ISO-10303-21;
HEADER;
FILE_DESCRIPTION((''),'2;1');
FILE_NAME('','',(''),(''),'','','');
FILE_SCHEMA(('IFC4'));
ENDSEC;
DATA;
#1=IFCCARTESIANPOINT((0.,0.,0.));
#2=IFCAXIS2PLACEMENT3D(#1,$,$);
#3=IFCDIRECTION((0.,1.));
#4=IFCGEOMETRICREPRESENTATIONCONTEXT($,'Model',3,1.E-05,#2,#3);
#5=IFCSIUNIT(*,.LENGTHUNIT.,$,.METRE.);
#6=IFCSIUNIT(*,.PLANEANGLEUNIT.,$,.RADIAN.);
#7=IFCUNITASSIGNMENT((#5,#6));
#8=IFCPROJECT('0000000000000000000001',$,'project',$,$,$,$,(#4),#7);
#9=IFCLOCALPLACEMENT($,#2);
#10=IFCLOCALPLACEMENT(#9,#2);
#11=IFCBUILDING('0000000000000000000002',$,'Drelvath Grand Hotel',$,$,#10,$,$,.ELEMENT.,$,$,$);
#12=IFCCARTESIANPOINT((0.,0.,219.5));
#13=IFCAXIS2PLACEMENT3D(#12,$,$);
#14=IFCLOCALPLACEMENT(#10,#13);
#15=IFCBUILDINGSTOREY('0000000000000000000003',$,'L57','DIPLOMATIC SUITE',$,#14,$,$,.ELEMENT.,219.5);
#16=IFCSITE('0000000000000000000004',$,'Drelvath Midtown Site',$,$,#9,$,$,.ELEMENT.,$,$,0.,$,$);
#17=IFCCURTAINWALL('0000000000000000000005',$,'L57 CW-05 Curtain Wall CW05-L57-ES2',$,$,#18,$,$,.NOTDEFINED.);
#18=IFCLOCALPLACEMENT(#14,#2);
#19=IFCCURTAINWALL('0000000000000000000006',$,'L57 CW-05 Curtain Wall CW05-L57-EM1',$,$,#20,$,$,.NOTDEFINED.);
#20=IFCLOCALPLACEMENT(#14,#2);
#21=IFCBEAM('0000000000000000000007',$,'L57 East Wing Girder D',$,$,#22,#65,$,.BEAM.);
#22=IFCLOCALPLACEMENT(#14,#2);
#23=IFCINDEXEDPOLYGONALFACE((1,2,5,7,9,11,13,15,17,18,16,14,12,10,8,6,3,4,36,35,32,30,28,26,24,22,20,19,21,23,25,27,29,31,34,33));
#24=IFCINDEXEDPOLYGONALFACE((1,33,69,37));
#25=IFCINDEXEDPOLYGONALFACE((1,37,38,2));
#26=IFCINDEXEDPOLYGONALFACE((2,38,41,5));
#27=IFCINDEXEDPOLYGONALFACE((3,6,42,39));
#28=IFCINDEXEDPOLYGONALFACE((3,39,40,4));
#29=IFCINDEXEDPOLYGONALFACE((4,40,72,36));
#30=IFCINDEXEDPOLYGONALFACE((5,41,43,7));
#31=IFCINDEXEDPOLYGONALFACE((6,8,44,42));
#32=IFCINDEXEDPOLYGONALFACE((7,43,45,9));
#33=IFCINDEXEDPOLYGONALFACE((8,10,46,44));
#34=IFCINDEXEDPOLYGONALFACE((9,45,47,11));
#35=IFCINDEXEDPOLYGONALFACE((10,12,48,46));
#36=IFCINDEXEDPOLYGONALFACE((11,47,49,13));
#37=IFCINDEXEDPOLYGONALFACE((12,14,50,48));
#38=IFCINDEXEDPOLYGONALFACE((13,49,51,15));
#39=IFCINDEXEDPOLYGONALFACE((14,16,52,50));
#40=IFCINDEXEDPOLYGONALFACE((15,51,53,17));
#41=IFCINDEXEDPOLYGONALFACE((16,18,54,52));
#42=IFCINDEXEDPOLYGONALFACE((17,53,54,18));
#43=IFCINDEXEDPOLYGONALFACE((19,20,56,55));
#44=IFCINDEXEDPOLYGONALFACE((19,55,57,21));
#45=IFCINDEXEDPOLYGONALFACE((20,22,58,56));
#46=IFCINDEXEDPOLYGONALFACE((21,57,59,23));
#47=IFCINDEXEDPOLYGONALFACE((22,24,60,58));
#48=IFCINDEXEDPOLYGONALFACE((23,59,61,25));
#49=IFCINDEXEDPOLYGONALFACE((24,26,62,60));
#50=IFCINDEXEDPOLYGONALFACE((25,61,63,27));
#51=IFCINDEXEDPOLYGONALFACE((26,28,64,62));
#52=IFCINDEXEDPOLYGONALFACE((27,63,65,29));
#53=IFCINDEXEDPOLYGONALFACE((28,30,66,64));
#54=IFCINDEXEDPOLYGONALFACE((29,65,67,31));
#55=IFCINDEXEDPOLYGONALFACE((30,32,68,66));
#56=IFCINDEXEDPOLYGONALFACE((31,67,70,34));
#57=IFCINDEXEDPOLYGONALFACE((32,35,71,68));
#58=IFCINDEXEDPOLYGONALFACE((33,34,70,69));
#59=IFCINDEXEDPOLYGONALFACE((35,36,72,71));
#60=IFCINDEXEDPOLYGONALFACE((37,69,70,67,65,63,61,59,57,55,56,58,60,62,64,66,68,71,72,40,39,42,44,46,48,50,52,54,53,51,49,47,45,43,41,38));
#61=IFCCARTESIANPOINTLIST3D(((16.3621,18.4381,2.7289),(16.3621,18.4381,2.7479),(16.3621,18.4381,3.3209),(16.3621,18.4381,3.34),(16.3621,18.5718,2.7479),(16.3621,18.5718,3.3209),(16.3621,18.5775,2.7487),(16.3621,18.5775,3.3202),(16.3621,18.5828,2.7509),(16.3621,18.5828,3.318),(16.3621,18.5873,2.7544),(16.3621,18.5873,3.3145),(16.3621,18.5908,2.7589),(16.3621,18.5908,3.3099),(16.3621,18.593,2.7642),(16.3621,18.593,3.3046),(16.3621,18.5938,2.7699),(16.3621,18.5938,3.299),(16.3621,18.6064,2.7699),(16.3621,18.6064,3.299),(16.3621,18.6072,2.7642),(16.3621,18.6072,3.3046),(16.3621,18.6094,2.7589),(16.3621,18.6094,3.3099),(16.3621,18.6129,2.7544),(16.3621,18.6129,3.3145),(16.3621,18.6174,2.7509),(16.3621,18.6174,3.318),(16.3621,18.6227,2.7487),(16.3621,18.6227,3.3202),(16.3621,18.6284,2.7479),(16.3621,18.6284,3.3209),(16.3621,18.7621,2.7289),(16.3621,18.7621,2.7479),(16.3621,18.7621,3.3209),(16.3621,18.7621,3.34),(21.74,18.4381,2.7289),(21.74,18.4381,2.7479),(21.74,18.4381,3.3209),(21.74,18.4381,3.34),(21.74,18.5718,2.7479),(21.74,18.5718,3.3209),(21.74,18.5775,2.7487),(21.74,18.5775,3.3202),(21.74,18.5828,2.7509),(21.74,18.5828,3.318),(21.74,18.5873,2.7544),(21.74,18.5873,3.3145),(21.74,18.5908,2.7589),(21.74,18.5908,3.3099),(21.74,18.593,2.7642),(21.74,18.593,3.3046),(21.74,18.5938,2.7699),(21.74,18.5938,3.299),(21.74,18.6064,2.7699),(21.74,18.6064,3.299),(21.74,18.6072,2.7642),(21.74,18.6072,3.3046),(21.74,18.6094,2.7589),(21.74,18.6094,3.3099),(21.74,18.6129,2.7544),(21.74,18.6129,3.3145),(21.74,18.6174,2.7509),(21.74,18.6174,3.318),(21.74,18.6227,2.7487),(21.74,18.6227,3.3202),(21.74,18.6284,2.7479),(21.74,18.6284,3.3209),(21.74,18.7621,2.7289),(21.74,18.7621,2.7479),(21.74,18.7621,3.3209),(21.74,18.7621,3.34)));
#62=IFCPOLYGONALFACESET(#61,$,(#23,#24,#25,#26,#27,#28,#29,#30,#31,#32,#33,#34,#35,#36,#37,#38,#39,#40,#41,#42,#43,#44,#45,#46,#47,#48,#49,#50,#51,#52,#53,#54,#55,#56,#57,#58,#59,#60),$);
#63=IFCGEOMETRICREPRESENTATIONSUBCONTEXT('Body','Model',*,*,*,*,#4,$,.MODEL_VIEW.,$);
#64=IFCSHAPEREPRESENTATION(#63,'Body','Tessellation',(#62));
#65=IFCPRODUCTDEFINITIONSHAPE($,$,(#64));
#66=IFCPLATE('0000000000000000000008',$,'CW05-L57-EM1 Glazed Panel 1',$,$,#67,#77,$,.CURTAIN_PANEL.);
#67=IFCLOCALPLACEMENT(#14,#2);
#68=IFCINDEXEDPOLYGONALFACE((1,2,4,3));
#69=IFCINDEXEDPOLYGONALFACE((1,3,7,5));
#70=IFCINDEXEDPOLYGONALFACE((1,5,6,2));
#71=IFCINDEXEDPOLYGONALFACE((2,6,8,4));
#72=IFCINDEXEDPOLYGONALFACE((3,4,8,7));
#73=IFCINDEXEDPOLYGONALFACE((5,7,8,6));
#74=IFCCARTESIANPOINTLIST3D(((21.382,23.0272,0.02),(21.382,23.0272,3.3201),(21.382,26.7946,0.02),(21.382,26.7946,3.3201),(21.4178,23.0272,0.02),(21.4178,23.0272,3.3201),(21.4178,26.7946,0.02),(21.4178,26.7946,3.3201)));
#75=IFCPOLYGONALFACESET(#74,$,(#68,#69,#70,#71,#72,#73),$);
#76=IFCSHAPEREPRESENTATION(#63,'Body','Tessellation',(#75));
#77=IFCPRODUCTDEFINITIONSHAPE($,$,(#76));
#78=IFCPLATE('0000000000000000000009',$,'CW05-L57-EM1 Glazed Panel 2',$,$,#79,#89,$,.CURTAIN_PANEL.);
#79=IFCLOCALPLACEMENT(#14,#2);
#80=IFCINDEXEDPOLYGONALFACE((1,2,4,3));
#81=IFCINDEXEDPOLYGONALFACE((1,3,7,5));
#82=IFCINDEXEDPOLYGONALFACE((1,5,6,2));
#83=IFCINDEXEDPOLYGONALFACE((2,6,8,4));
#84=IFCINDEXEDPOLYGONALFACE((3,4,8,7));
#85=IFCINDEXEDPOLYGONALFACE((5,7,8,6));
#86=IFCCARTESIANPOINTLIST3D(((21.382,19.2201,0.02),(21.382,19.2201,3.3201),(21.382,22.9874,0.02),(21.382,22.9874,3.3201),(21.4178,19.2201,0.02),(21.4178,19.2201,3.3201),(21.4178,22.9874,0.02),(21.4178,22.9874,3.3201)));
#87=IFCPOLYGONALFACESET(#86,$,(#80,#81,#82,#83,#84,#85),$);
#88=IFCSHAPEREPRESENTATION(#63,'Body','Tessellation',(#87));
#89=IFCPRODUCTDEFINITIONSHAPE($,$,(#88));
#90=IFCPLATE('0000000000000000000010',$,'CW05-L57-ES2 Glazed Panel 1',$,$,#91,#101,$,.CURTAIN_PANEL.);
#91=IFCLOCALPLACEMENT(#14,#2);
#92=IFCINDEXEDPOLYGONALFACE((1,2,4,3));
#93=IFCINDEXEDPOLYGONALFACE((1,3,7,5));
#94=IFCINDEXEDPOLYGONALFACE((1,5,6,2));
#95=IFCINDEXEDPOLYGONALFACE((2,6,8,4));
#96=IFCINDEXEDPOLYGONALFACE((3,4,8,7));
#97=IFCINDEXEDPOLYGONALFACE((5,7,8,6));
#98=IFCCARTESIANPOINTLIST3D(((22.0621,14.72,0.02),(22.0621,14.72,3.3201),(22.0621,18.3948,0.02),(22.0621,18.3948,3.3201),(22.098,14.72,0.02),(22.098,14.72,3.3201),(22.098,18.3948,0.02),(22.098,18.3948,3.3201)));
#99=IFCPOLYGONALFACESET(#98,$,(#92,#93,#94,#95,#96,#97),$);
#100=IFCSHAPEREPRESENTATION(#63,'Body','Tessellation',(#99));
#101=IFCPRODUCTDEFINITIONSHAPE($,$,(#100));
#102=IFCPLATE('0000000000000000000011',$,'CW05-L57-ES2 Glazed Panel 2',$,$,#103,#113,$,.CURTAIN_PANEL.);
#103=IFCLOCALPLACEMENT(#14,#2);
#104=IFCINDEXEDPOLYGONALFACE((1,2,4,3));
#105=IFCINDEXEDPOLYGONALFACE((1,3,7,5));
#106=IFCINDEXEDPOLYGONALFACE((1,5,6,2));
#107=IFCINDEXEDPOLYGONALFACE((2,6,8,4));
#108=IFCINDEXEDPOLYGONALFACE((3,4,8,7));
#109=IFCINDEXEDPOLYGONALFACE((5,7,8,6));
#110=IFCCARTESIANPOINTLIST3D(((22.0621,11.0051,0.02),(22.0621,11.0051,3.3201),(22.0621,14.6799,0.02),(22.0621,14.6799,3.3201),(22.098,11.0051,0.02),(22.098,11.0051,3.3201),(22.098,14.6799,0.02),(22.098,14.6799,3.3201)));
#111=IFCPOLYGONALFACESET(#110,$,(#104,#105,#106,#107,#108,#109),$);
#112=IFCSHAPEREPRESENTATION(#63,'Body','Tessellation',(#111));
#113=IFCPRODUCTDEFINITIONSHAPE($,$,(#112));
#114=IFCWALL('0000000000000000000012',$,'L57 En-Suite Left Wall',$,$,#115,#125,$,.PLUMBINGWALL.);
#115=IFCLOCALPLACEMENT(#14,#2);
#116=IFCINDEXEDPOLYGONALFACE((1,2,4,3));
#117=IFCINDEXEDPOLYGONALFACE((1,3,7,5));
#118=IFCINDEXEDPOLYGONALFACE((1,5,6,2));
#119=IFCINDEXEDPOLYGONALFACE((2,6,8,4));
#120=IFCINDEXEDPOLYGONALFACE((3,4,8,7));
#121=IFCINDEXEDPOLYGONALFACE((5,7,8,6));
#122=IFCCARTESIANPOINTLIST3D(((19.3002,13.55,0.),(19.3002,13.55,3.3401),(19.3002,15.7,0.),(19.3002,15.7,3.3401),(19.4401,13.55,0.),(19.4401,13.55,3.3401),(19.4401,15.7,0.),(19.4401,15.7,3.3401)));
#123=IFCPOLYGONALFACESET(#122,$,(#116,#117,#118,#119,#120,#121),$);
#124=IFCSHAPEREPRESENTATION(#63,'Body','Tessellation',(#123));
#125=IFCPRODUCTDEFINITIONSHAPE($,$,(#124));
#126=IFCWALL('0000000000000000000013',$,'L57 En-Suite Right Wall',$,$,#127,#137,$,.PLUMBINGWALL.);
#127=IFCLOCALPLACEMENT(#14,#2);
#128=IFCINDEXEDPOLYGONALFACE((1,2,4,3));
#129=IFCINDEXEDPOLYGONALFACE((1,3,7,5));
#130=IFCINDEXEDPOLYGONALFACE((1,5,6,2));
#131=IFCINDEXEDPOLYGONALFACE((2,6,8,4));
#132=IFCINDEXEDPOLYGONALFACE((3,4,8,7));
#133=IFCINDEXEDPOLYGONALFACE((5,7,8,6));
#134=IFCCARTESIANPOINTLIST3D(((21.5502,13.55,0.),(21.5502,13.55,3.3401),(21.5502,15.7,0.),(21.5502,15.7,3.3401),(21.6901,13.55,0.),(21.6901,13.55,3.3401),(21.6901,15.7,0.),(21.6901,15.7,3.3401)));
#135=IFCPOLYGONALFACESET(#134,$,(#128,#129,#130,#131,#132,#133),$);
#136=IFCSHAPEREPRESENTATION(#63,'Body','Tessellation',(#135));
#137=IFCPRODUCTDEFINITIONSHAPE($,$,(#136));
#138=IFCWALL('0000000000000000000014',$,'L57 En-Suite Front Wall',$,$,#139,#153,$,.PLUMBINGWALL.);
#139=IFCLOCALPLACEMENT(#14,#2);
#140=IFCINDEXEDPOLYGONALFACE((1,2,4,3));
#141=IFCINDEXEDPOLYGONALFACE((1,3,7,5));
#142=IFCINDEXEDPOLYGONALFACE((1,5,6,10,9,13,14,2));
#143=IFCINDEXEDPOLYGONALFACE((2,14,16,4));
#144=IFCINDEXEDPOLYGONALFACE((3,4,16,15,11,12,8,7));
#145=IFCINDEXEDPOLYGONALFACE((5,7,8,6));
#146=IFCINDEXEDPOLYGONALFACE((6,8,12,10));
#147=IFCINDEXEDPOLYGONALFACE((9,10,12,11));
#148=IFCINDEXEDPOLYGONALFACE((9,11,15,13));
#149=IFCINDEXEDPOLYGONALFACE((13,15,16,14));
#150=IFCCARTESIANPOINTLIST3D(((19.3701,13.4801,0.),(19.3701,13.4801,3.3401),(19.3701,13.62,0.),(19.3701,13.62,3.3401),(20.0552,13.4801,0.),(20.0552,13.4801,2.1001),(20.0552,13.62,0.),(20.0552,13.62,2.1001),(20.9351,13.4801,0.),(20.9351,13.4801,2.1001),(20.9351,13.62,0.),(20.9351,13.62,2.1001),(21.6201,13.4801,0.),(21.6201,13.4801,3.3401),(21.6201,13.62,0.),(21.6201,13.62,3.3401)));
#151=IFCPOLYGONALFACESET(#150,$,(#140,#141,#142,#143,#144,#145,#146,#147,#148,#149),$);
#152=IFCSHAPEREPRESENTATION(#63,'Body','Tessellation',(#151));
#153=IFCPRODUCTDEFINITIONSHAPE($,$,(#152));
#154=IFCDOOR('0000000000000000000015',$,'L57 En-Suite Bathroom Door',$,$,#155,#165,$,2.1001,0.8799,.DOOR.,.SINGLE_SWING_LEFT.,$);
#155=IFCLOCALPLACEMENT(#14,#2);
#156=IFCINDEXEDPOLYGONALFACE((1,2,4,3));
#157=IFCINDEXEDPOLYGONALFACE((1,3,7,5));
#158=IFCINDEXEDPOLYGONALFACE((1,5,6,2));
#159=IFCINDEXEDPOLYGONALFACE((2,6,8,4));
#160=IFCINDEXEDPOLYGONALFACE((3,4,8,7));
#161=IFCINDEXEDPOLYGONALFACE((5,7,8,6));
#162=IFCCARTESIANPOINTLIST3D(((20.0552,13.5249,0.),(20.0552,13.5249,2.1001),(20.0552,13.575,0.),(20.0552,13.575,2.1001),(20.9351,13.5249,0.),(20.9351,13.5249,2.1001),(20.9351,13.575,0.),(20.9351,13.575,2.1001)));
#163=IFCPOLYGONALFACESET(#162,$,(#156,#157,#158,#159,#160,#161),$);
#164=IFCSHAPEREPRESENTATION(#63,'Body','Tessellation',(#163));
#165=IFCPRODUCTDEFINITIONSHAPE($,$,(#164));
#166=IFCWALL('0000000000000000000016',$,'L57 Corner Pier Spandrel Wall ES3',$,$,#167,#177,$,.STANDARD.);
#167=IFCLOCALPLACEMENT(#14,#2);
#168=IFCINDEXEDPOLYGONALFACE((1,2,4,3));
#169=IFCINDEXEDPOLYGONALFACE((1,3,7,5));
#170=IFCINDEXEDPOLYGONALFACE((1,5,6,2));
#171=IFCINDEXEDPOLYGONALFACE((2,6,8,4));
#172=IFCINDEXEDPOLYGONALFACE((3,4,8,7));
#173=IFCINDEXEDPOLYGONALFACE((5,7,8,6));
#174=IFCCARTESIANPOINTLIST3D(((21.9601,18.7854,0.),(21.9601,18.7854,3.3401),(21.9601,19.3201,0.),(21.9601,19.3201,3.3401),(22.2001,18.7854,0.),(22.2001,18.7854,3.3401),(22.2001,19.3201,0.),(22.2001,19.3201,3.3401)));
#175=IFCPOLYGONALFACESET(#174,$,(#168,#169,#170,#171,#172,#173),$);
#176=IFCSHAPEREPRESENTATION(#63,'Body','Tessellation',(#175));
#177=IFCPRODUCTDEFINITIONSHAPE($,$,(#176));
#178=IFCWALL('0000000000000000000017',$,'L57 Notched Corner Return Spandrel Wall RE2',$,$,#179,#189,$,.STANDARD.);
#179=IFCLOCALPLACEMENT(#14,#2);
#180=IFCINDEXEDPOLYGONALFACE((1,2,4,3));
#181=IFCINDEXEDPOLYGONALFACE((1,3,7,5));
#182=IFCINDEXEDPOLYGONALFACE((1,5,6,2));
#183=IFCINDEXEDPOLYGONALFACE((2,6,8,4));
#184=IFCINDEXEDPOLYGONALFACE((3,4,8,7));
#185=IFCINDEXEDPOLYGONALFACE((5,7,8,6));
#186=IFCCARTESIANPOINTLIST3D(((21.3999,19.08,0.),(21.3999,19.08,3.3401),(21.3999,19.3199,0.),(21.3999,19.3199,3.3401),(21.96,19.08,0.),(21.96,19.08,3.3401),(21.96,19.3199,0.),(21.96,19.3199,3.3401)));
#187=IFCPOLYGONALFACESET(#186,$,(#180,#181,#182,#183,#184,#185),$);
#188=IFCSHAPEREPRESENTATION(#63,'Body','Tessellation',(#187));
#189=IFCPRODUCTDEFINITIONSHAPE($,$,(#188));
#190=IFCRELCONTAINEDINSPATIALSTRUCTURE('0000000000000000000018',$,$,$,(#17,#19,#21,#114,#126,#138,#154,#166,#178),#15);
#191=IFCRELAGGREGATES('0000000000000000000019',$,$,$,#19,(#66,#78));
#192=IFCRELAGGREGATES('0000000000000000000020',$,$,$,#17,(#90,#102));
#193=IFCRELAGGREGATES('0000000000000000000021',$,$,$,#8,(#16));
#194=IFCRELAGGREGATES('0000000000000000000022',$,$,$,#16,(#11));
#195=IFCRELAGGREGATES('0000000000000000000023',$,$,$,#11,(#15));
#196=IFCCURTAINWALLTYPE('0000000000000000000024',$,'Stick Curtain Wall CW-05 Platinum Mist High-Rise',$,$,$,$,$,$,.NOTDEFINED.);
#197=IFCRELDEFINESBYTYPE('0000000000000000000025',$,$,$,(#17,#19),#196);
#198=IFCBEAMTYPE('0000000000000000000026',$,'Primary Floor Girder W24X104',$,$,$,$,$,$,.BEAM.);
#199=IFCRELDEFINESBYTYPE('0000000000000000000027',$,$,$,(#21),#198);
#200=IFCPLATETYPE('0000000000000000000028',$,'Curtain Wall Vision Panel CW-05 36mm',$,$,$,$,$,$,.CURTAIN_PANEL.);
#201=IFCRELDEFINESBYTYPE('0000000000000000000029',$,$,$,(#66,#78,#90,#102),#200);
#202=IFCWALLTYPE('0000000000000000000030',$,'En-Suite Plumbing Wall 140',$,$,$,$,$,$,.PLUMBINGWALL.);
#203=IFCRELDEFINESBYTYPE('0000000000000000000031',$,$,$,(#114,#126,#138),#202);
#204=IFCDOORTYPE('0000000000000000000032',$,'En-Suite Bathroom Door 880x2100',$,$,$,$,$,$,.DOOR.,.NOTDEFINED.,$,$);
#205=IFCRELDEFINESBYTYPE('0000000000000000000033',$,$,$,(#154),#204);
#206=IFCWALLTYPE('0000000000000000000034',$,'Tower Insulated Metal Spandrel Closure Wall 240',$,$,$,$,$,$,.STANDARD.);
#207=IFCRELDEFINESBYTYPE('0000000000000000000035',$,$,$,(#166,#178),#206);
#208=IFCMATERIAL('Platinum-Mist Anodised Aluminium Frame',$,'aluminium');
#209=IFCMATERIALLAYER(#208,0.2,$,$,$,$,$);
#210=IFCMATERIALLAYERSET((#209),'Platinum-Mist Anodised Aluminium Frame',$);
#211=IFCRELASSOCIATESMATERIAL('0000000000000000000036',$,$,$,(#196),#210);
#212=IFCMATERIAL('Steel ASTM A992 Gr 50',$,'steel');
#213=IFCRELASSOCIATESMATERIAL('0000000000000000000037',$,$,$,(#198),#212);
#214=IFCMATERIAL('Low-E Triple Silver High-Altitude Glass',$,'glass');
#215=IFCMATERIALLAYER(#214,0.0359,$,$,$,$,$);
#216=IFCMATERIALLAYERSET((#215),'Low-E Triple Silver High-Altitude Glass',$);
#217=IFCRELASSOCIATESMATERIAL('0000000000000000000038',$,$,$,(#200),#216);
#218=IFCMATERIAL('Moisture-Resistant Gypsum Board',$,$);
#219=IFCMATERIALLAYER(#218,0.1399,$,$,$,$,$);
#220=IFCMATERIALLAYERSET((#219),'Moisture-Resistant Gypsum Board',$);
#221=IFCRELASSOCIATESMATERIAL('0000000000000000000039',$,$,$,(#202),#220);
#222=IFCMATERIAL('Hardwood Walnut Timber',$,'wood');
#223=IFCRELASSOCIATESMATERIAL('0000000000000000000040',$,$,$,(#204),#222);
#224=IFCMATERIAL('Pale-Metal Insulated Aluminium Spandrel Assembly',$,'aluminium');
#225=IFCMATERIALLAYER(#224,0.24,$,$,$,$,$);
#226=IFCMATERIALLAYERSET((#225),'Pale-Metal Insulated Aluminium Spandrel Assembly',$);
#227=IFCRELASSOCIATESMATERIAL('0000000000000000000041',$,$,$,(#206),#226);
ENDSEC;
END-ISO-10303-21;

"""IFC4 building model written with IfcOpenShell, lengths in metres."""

from ifc_helpers import new_model, si_unit, direction, frame, frame_2d, origin, origin_2d, place, context, subcontext, project, spatial, rectangle, i_section, extrude, material, layer, layer_set, material_profile, profile_set, type_object, element, fill, aggregate, save


model = new_model("IFC4")

# Units and contexts
model_context = context("Model", 3, precision=1e-05, world=origin(), true_north=direction((0.0, 1.0)))
body_context = subcontext(model_context, "Body", "Model", "MODEL_VIEW")
ifc_project = project(units=[si_unit("LENGTHUNIT", "METRE"), si_unit("PLANEANGLEUNIT", "RADIAN")], contexts=[model_context])

# Site, building, storey
site_placement = place(None, origin())
site = spatial("IfcSite", under=ifc_project, at=site_placement, Name="Drelvath Midtown Site", CompositionType="ELEMENT", RefElevation=0.0)
building_placement = place(site_placement, origin())
building = spatial("IfcBuilding", under=site, at=building_placement, Name="Drelvath Grand Hotel", CompositionType="ELEMENT")
storey_placement = place(building_placement, frame((0.0, 0.0, 219.5)))
storey = spatial("IfcBuildingStorey", under=building, at=storey_placement, Name="L57", Description="DIPLOMATIC SUITE", CompositionType="ELEMENT", Elevation=219.5)

# Curtain wall
ifc_material_1 = material(Name="Platinum-Mist Anodised Aluminium Frame", Category="aluminium")
ifc_layer_1 = layer(ifc_material_1, 0.2)
ifc_layer_set_1 = layer_set([ifc_layer_1], Name="Platinum-Mist Anodised Aluminium Frame")
curtain_wall_type = type_object("IfcCurtainWallType", Name="Stick Curtain Wall CW-05 Platinum Mist High-Rise", PredefinedType="NOTDEFINED", material=ifc_layer_set_1)
curtain_wall_1_placement = place(storey_placement, origin())
curtain_wall_1 = element("IfcCurtainWall", 1, at=curtain_wall_1_placement, inside=storey, type_object=curtain_wall_type, Name="L57 CW-05 Curtain Wall CW05-L57-ES2", PredefinedType="NOTDEFINED")

# Curtain wall
curtain_wall_2_placement = place(storey_placement, origin())
curtain_wall_2 = element("IfcCurtainWall", 2, at=curtain_wall_2_placement, inside=storey, type_object=curtain_wall_type, Name="L57 CW-05 Curtain Wall CW05-L57-EM1", PredefinedType="NOTDEFINED")

# Beam
ifc_material_2 = material(Name="Steel ASTM A992 Gr 50", Category="steel")
ifc_material_profile_1 = material_profile(ifc_material_2, i_section(OverallWidth=0.324, OverallDepth=0.6111, WebThickness=0.0127, FlangeThickness=0.019, FilletRadius=0.022, at=origin_2d()), Name="W24X104")
ifc_profile_set_1 = profile_set([ifc_material_profile_1], Name="Steel ASTM A992 Gr 50")
beam_type_1 = type_object("IfcBeamType", Name="Primary Floor Girder W24X104", PredefinedType="BEAM", material=ifc_profile_set_1)
beam_1_placement = place(storey_placement, frame((16.3621, 18.6001, 3.0344), z_axis=(1.0, 0.0, 0.0), x_axis=(0.0, 1.0, 0.0)))
element("IfcBeam", 3, at=beam_1_placement, inside=storey, type_object=beam_type_1, Name="L57 East Wing Girder D", PredefinedType="BEAM", context=body_context, shape_type="SweptSolid", body=[
    extrude(i_section(OverallWidth=0.324, OverallDepth=0.6111, WebThickness=0.0127, FlangeThickness=0.019, FilletRadius=0.022, at=origin_2d()), origin(), (0.0, 0.0, 1.0), 5.3779),
])

# Plates
ifc_material_3 = material(Name="Low-E Triple Silver High-Altitude Glass", Category="glass")
ifc_layer_2 = layer(ifc_material_3, 0.0359)
ifc_layer_set_2 = layer_set([ifc_layer_2], Name="Low-E Triple Silver High-Altitude Glass")
plate_type = type_object("IfcPlateType", Name="Curtain Wall Vision Panel CW-05 36mm", PredefinedType="CURTAIN_PANEL", material=ifc_layer_set_2)
plate_1_placement = place(storey_placement, frame((21.3999, 24.9109, 0.02), z_axis=(0.0, 0.0, 1.0), x_axis=(0.0, -1.0, 0.0)))
plate_1 = element("IfcPlate", 4, at=plate_1_placement, type_object=plate_type, Name="CW05-L57-EM1 Glazed Panel 1", PredefinedType="CURTAIN_PANEL", context=body_context, shape_type="SweptSolid", body=[
    extrude(rectangle(XDim=3.7673, YDim=0.0359, at=origin_2d()), origin(), (0.0, 0.0, 1.0), 3.3),
])
plate_2_placement = place(storey_placement, frame((21.3999, 21.1038, 0.02), z_axis=(0.0, 0.0, 1.0), x_axis=(0.0, -1.0, 0.0)))
plate_2 = element("IfcPlate", 5, at=plate_2_placement, type_object=plate_type, Name="CW05-L57-EM1 Glazed Panel 2", PredefinedType="CURTAIN_PANEL", context=body_context, shape_type="SweptSolid", body=[
    extrude(rectangle(XDim=3.7673, YDim=0.0359, at=origin_2d()), origin(), (0.0, 0.0, 1.0), 3.3),
])
aggregate(curtain_wall_2, [plate_1, plate_2])
plate_3_placement = place(storey_placement, frame((22.0801, 16.5574, 0.02), z_axis=(0.0, 0.0, 1.0), x_axis=(0.0, -1.0, 0.0)))
plate_3 = element("IfcPlate", 6, at=plate_3_placement, type_object=plate_type, Name="CW05-L57-ES2 Glazed Panel 1", PredefinedType="CURTAIN_PANEL", context=body_context, shape_type="SweptSolid", body=[
    extrude(rectangle(XDim=3.6748, YDim=0.0359, at=origin_2d()), origin(), (0.0, 0.0, 1.0), 3.3),
])
plate_4_placement = place(storey_placement, frame((22.0801, 12.8425, 0.02), z_axis=(0.0, 0.0, 1.0), x_axis=(0.0, -1.0, 0.0)))
plate_4 = element("IfcPlate", 7, at=plate_4_placement, type_object=plate_type, Name="CW05-L57-ES2 Glazed Panel 2", PredefinedType="CURTAIN_PANEL", context=body_context, shape_type="SweptSolid", body=[
    extrude(rectangle(XDim=3.6748, YDim=0.0359, at=origin_2d()), origin(), (0.0, 0.0, 1.0), 3.3),
])
aggregate(curtain_wall_1, [plate_3, plate_4])

# Walls
ifc_material_4 = material(Name="Moisture-Resistant Gypsum Board")
ifc_layer_3 = layer(ifc_material_4, 0.1399)
ifc_layer_set_3 = layer_set([ifc_layer_3], Name="Moisture-Resistant Gypsum Board")
wall_type_1 = type_object("IfcWallType", Name="En-Suite Plumbing Wall 140", PredefinedType="PLUMBINGWALL", material=ifc_layer_set_3)
for number, where, z_axis, x_axis, name in (
    (8, (19.3701, 15.7, 0.0), (0.0, 0.0, 1.0), (0.0, -1.0, 0.0), "L57 En-Suite Left Wall"),
    (9, (21.6201, 15.7, 0.0), (0.0, 0.0, 1.0), (0.0, -1.0, 0.0), "L57 En-Suite Right Wall"),
):
    element("IfcWall", number, at=place(storey_placement, frame(where, z_axis=z_axis, x_axis=x_axis)), inside=storey, type_object=wall_type_1, Name=name, PredefinedType="PLUMBINGWALL", context=body_context, shape_type="SweptSolid", body=[
        extrude(rectangle(XDim=2.1499, YDim=0.1399, at=frame_2d((1.075, 0.0))), origin(), (0.0, 0.0, 1.0), 3.3401),
    ])

# Wall, opening, door
wall_1_placement = place(storey_placement, frame((19.3701, 13.55, 0.0), z_axis=(0.0, 0.0, 1.0), x_axis=(1.0, 0.0, 0.0)))
wall_1 = element("IfcWall", 10, at=wall_1_placement, inside=storey, type_object=wall_type_1, Name="L57 En-Suite Front Wall", PredefinedType="PLUMBINGWALL", context=body_context, shape_type="SweptSolid", body=[
    extrude(rectangle(XDim=2.25, YDim=0.1399, at=frame_2d((1.125, 0.0))), origin(), (0.0, 0.0, 1.0), 3.3401),
])
opening_placement = place(wall_1_placement, frame((0.6851, 0.0, 0.0)))
opening = element("IfcOpeningElement", 11, at=opening_placement, cuts=wall_1, PredefinedType="OPENING", context=body_context, shape_type="SweptSolid", body=[
    extrude(rectangle(XDim=0.8799, YDim=2.1001, at=frame_2d((0.4399, 1.05))), frame((0.0, 0.0798, 0.0), z_axis=(0.0, -1.0, 0.0), x_axis=(1.0, 0.0, 0.0)), (0.0, 0.0, 1.0), 0.1599),
])
ifc_material_5 = material(Name="Hardwood Walnut Timber", Category="wood")
door_type = type_object("IfcDoorType", Name="En-Suite Bathroom Door 880x2100", OperationType="NOTDEFINED", PredefinedType="DOOR", material=ifc_material_5)
door_placement = place(opening_placement, origin())
door = element("IfcDoor", 12, at=door_placement, inside=storey, type_object=door_type, Name="L57 En-Suite Bathroom Door", OperationType="SINGLE_SWING_LEFT", OverallHeight=2.1001, OverallWidth=0.8799, PredefinedType="DOOR", context=body_context, shape_type="SweptSolid", body=[
    extrude(rectangle(XDim=0.8799, YDim=2.1001, at=frame_2d((0.4399, 1.05))), frame((0.0, 0.0249, 0.0), z_axis=(0.0, -1.0, 0.0), x_axis=(1.0, 0.0, 0.0)), (0.0, 0.0, 1.0), 0.05),
])
fill(opening, door)

# Walls
ifc_material_6 = material(Name="Pale-Metal Insulated Aluminium Spandrel Assembly", Category="aluminium")
ifc_layer_4 = layer(ifc_material_6, 0.24)
ifc_layer_set_4 = layer_set([ifc_layer_4], Name="Pale-Metal Insulated Aluminium Spandrel Assembly")
wall_type_2 = type_object("IfcWallType", Name="Tower Insulated Metal Spandrel Closure Wall 240", PredefinedType="STANDARD", material=ifc_layer_set_4)
wall_2_placement = place(storey_placement, frame((22.0801, 19.3201, 0.0), z_axis=(0.0, 0.0, 1.0), x_axis=(0.0, -1.0, 0.0)))
element("IfcWall", 13, at=wall_2_placement, inside=storey, type_object=wall_type_2, Name="L57 Corner Pier Spandrel Wall ES3", PredefinedType="STANDARD", context=body_context, shape_type="SweptSolid", body=[
    extrude(rectangle(XDim=0.5347, YDim=0.24, at=frame_2d((0.2673, 0.0))), origin(), (0.0, 0.0, 1.0), 3.3401),
])
wall_3_placement = place(storey_placement, frame((21.3999, 19.2, 0.0), z_axis=(0.0, 0.0, 1.0), x_axis=(1.0, 0.0, 0.0)))
element("IfcWall", 14, at=wall_3_placement, inside=storey, type_object=wall_type_2, Name="L57 Notched Corner Return Spandrel Wall RE2", PredefinedType="STANDARD", context=body_context, shape_type="SweptSolid", body=[
    extrude(rectangle(XDim=0.5601, YDim=0.24, at=frame_2d((0.28, 0.0))), origin(), (0.0, 0.0, 1.0), 3.3401),
])

save(model, "model.ifc")
